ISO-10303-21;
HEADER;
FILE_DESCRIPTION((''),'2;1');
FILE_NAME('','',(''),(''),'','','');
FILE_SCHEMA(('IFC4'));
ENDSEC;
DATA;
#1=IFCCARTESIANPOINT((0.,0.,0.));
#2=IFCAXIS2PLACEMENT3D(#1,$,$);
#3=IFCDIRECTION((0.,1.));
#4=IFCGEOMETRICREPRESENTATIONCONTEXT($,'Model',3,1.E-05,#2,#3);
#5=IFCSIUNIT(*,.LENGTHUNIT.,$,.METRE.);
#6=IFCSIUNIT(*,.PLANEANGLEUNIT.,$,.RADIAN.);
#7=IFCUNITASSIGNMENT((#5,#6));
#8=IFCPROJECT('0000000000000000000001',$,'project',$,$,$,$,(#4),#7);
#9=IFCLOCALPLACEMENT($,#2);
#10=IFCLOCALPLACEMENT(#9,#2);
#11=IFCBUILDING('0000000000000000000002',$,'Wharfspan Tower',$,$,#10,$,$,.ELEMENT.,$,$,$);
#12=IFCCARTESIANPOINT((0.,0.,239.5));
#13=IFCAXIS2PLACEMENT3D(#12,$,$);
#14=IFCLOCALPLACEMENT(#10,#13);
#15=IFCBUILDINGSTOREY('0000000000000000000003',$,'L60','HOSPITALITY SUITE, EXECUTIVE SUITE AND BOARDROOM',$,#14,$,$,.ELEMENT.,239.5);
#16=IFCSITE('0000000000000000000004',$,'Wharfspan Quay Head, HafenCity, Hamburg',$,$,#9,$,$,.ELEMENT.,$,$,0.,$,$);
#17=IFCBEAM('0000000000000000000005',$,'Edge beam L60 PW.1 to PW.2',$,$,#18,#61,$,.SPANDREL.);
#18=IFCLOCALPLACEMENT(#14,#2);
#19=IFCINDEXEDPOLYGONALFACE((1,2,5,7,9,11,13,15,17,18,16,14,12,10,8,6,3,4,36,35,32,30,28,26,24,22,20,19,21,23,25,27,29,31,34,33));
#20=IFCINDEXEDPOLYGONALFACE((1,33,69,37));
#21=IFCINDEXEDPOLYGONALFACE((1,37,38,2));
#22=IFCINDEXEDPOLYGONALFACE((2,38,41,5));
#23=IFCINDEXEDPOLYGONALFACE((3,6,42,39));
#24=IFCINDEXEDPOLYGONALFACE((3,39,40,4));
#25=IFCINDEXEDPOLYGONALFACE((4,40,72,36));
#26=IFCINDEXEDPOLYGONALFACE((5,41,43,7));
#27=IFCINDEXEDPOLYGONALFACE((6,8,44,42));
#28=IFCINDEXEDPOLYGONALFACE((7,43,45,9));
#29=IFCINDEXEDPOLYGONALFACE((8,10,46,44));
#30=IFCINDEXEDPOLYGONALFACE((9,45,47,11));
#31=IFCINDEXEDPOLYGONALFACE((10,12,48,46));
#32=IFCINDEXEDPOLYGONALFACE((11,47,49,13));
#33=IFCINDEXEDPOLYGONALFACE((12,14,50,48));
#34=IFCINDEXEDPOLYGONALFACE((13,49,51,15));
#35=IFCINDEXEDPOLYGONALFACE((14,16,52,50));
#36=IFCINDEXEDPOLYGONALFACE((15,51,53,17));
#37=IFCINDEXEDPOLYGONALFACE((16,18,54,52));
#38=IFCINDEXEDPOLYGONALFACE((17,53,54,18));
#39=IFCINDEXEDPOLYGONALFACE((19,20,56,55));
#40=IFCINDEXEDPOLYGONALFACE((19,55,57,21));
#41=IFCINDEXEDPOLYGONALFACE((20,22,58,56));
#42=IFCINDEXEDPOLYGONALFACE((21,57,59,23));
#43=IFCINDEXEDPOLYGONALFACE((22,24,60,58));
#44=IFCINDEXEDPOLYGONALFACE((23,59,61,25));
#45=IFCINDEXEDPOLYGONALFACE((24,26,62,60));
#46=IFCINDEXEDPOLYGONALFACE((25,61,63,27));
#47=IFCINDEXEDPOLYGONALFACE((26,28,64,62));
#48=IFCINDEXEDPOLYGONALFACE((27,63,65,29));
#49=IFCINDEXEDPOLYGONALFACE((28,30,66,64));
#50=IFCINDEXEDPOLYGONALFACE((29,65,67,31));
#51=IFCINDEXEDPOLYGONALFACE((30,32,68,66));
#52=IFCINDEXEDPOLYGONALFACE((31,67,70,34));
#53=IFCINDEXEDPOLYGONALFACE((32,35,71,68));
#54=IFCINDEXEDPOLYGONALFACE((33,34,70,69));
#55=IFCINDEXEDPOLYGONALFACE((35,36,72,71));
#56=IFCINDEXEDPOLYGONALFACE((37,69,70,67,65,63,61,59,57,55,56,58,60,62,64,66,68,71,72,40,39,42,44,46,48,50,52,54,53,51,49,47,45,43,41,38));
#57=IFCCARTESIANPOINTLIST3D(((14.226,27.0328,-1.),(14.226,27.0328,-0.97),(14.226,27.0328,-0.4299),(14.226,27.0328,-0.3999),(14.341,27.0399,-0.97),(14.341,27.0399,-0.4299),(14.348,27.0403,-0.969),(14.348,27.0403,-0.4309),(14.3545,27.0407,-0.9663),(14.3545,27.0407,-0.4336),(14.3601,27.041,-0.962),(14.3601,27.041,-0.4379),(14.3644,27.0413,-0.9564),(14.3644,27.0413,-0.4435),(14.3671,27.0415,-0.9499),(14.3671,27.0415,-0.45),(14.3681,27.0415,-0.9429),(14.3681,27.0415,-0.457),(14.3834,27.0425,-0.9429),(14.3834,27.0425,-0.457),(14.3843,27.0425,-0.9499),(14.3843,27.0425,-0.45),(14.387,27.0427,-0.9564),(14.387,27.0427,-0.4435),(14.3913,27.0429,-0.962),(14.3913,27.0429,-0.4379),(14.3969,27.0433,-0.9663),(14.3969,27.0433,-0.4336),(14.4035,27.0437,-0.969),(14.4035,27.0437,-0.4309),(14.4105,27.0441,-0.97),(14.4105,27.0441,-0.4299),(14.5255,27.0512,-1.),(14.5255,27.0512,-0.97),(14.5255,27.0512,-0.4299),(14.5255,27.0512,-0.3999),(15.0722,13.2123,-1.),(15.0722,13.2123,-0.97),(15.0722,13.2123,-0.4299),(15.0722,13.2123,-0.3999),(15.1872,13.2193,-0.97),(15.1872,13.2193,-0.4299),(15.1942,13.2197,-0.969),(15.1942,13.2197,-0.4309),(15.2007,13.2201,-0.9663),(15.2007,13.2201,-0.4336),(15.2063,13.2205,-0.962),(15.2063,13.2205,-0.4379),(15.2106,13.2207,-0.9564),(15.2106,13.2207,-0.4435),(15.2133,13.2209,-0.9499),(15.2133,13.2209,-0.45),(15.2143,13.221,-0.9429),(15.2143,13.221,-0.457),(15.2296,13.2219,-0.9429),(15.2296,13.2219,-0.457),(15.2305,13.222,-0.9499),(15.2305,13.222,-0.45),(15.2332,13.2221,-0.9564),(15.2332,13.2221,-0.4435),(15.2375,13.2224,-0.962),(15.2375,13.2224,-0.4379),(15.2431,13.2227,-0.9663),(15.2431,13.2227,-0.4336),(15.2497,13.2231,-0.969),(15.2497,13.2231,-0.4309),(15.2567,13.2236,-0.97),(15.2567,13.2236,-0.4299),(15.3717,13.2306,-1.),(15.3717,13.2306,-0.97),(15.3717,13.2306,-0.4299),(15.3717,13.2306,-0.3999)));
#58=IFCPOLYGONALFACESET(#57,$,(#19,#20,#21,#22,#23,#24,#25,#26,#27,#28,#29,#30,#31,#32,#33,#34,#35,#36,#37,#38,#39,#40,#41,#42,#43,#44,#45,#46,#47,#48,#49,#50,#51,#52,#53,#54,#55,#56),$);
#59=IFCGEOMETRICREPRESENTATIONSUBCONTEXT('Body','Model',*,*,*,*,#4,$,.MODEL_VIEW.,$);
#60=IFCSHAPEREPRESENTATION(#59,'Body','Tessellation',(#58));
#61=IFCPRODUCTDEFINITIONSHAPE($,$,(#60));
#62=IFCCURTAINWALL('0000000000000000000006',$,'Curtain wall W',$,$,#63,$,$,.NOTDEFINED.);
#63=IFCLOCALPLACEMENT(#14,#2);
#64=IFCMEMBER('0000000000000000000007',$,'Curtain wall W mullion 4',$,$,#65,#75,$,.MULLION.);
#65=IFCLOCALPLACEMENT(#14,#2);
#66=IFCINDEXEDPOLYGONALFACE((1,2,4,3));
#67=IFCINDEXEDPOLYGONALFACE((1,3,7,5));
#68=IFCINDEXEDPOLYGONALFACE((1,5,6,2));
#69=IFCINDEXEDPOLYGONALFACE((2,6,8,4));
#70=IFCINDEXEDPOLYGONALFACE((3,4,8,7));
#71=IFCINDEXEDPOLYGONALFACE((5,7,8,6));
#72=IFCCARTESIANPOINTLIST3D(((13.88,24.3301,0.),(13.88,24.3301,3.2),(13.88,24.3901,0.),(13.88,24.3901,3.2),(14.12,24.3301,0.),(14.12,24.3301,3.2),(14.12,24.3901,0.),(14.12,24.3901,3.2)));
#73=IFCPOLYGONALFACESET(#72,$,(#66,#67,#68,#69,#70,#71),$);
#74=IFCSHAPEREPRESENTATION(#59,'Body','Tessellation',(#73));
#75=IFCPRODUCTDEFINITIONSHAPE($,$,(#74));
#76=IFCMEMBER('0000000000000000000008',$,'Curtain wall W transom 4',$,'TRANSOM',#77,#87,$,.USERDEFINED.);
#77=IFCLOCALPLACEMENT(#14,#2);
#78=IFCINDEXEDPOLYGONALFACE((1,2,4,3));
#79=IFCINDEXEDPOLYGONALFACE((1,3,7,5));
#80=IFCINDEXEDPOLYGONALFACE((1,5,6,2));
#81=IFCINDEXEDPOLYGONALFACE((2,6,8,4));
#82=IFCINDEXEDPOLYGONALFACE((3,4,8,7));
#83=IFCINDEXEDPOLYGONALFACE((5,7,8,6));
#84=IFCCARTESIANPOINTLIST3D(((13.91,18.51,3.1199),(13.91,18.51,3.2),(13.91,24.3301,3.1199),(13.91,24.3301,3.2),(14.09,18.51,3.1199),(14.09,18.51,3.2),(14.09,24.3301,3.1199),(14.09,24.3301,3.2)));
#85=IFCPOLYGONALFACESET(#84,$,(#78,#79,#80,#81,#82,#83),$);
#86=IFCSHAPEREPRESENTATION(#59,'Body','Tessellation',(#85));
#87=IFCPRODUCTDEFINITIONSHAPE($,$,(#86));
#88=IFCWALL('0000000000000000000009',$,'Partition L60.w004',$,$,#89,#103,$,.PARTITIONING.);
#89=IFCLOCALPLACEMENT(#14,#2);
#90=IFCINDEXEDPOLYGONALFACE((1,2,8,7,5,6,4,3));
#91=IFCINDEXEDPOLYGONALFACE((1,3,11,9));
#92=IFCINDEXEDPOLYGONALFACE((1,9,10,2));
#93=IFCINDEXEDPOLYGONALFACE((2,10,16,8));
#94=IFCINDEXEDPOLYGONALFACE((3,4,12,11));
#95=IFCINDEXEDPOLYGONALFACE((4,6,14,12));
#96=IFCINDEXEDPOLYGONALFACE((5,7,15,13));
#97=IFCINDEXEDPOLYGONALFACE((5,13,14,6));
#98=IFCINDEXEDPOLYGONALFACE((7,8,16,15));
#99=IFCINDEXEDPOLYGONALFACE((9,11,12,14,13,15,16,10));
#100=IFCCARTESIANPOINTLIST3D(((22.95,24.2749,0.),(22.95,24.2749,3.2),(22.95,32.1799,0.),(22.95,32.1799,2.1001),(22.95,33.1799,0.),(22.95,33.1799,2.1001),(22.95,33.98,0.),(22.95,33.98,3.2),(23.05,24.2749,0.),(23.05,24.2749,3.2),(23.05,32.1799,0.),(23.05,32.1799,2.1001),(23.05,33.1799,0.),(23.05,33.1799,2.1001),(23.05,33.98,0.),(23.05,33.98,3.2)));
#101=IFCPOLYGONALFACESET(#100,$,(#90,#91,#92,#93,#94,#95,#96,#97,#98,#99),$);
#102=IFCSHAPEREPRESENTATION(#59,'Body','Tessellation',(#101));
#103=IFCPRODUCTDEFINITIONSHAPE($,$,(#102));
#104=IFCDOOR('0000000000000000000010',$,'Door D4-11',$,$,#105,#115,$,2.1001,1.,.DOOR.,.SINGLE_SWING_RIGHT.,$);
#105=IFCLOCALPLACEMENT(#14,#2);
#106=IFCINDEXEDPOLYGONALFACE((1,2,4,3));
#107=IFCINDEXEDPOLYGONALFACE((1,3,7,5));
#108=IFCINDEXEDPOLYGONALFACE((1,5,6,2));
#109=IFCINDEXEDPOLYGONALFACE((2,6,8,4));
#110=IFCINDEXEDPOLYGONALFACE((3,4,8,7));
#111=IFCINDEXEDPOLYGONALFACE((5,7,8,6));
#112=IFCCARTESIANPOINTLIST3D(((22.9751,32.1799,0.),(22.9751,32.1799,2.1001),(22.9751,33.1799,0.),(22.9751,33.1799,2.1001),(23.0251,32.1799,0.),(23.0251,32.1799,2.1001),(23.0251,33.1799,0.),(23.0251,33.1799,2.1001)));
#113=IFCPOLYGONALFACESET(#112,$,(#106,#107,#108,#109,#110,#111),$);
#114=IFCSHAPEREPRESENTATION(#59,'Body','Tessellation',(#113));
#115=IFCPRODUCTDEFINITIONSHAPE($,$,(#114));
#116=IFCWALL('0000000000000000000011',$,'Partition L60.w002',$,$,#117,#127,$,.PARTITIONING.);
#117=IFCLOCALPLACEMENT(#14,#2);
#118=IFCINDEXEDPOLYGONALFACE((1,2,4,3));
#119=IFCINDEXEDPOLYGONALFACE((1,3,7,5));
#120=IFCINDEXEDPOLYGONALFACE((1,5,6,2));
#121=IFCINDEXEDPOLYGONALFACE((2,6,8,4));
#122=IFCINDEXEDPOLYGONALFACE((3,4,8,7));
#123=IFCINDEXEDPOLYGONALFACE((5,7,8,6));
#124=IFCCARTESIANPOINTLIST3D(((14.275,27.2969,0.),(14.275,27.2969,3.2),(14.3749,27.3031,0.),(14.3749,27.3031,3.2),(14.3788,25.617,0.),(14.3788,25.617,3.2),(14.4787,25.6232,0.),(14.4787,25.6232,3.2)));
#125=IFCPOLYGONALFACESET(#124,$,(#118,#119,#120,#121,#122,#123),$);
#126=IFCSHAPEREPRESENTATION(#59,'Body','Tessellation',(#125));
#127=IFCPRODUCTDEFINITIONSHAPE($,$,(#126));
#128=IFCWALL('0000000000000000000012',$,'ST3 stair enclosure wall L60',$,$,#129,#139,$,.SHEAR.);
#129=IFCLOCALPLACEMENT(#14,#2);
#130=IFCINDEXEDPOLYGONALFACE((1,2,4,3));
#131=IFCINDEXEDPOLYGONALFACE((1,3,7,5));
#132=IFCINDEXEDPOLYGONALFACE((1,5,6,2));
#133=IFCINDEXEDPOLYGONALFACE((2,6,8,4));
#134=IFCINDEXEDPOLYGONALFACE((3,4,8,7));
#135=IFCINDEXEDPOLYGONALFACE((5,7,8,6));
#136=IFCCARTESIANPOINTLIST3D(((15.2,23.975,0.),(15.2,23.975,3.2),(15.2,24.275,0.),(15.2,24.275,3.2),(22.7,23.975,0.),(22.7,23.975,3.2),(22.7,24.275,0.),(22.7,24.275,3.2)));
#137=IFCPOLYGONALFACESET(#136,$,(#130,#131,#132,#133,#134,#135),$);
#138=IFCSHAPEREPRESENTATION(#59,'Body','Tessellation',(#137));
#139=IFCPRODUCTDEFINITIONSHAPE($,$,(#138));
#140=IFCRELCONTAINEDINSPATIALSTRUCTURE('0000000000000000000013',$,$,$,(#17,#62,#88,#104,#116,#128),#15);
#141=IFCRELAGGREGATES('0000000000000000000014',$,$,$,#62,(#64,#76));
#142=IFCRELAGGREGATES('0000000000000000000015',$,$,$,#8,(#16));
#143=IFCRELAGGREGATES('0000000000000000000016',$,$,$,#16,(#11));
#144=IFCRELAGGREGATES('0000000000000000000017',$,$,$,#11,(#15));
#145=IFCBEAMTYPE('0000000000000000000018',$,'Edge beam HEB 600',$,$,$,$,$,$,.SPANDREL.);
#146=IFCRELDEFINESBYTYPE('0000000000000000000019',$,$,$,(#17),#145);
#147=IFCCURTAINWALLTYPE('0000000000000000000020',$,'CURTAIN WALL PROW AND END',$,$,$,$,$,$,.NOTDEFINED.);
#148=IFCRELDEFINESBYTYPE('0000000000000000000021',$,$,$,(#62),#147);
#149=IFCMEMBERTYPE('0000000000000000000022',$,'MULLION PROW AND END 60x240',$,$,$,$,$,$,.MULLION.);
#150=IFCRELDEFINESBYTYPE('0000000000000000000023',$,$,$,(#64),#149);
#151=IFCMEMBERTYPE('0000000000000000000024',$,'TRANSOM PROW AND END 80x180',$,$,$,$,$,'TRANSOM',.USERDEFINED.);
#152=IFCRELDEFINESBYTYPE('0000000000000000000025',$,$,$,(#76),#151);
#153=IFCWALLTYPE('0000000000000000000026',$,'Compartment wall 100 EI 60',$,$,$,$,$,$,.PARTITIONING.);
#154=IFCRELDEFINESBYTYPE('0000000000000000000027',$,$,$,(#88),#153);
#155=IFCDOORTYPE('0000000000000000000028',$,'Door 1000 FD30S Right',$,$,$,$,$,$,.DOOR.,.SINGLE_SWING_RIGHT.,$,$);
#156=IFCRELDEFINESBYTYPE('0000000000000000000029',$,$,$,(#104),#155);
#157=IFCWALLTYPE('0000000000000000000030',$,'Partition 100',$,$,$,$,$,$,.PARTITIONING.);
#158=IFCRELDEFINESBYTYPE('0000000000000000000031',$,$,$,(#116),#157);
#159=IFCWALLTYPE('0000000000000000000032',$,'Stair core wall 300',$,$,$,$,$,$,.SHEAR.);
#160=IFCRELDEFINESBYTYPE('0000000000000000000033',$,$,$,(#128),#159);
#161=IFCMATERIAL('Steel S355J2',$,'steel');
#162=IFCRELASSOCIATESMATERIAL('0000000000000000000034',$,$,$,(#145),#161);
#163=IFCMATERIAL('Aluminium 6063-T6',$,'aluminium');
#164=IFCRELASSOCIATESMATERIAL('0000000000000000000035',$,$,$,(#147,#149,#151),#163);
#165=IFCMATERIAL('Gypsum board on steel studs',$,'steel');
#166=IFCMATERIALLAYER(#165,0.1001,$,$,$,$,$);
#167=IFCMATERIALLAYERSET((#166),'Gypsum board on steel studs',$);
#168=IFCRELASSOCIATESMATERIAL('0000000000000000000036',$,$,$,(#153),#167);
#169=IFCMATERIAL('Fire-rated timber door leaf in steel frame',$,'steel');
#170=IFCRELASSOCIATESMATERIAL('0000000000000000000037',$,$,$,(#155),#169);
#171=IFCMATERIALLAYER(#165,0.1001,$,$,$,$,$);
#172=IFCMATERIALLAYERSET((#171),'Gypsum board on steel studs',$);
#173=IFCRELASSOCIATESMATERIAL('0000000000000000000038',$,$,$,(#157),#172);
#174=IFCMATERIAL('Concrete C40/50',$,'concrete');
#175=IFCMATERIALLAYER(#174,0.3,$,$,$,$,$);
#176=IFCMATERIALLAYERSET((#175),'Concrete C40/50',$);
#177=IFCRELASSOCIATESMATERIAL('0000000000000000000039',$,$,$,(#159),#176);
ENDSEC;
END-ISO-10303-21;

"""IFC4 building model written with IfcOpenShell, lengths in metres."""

from ifc_helpers import new_model, si_unit, direction, frame, frame_2d, origin, origin_2d, place, context, subcontext, project, spatial, rectangle, i_section, extrude, material, layer, layer_set, material_profile, profile_set, type_object, element, fill, aggregate, save


model = new_model("IFC4")

# Units and contexts
model_context = context("Model", 3, precision=1e-05, world=origin(), true_north=direction((0.0, 1.0)))
body_context = subcontext(model_context, "Body", "Model", "MODEL_VIEW")
ifc_project = project(units=[si_unit("LENGTHUNIT", "METRE"), si_unit("PLANEANGLEUNIT", "RADIAN")], contexts=[model_context])

# Site, building, storey
site_placement = place(None, origin())
site = spatial("IfcSite", under=ifc_project, at=site_placement, Name="Wharfspan Quay Head, HafenCity, Hamburg", CompositionType="ELEMENT", RefElevation=0.0)
building_placement = place(site_placement, origin())
building = spatial("IfcBuilding", under=site, at=building_placement, Name="Wharfspan Tower", CompositionType="ELEMENT")
storey_placement = place(building_placement, frame((0.0, 0.0, 239.5)))
storey = spatial("IfcBuildingStorey", under=building, at=storey_placement, Name="L60", Description="HOSPITALITY SUITE, EXECUTIVE SUITE AND BOARDROOM", CompositionType="ELEMENT", Elevation=239.5)

# Beam
ifc_material_1 = material(Name="Steel S355J2", Category="steel")
ifc_material_profile_1 = material_profile(ifc_material_1, i_section(OverallWidth=0.3, OverallDepth=0.6001, WebThickness=0.0154, FlangeThickness=0.03, FilletRadius=0.0271, at=origin_2d()))
ifc_profile_set_1 = profile_set([ifc_material_profile_1], Name="Steel S355J2")
beam_type = type_object("IfcBeamType", Name="Edge beam HEB 600", PredefinedType="SPANDREL", material=ifc_profile_set_1)
beam_placement = place(storey_placement, frame((14.3757, 27.042, -0.7), z_axis=(0.061113, -0.998131, 0.0), x_axis=(0.998131, 0.061113, 0.0)))
element("IfcBeam", 1, at=beam_placement, inside=storey, type_object=beam_type, Name="Edge beam L60 PW.1 to PW.2", PredefinedType="SPANDREL", context=body_context, shape_type="SweptSolid", body=[
    extrude(i_section(OverallWidth=0.3, OverallDepth=0.6001, WebThickness=0.0154, FlangeThickness=0.03, FilletRadius=0.0271, at=origin_2d()), origin(), (0.0, 0.0, 1.0), 13.8464),
])

# Curtain wall, members
ifc_material_2 = material(Name="Aluminium 6063-T6", Category="aluminium")
curtain_wall_type = type_object("IfcCurtainWallType", Name="CURTAIN WALL PROW AND END", PredefinedType="NOTDEFINED", material=ifc_material_2)
curtain_wall_placement = place(storey_placement, origin())
curtain_wall = element("IfcCurtainWall", 2, at=curtain_wall_placement, inside=storey, type_object=curtain_wall_type, Name="Curtain wall W", PredefinedType="NOTDEFINED")
ifc_material_profile_2 = material_profile(ifc_material_2, rectangle(XDim=0.24, YDim=0.0601, at=origin_2d()))
ifc_profile_set_2 = profile_set([ifc_material_profile_2], Name="Aluminium 6063-T6")
member_type_1 = type_object("IfcMemberType", Name="MULLION PROW AND END 60x240", PredefinedType="MULLION", material=ifc_profile_set_2)
member_1_placement = place(storey_placement, frame((14.0, 24.3601, 0.0), z_axis=(0.0, 0.0, 1.0), x_axis=(1.0, 0.0, 0.0)))
member_1 = element("IfcMember", 3, at=member_1_placement, type_object=member_type_1, Name="Curtain wall W mullion 4", PredefinedType="MULLION", context=body_context, shape_type="SweptSolid", body=[
    extrude(rectangle(XDim=0.24, YDim=0.0601, at=origin_2d()), origin(), (0.0, 0.0, 1.0), 3.2),
])
ifc_material_profile_3 = material_profile(ifc_material_2, rectangle(XDim=0.1799, YDim=0.0801, at=origin_2d()))
ifc_profile_set_3 = profile_set([ifc_material_profile_3], Name="Aluminium 6063-T6")
member_type_2 = type_object("IfcMemberType", Name="TRANSOM PROW AND END 80x180", ElementType="TRANSOM", PredefinedType="USERDEFINED", material=ifc_profile_set_3)
member_2_placement = place(storey_placement, frame((14.0, 24.3301, 3.1599), z_axis=(0.0, -1.0, 0.0), x_axis=(1.0, 0.0, 0.0)))
member_2 = element("IfcMember", 4, at=member_2_placement, type_object=member_type_2, Name="Curtain wall W transom 4", ObjectType="TRANSOM", PredefinedType="USERDEFINED", context=body_context, shape_type="SweptSolid", body=[
    extrude(rectangle(XDim=0.1799, YDim=0.0801, at=origin_2d()), origin(), (0.0, 0.0, 1.0), 5.8201),
])
aggregate(curtain_wall, [member_1, member_2])

# Wall, opening, door
ifc_material_3 = material(Name="Gypsum board on steel studs", Category="steel")
ifc_layer_1 = layer(ifc_material_3, 0.1001)
ifc_layer_set_1 = layer_set([ifc_layer_1], Name="Gypsum board on steel studs")
wall_type_1 = type_object("IfcWallType", Name="Compartment wall 100 EI 60", PredefinedType="PARTITIONING", material=ifc_layer_set_1)
wall_1_placement = place(storey_placement, frame((23.0, 24.2749, 0.0), z_axis=(0.0, 0.0, 1.0), x_axis=(0.0, 1.0, 0.0)))
wall_1 = element("IfcWall", 5, at=wall_1_placement, inside=storey, type_object=wall_type_1, Name="Partition L60.w004", PredefinedType="PARTITIONING", context=body_context, shape_type="SweptSolid", body=[
    extrude(rectangle(XDim=9.7051, YDim=0.1001, at=frame_2d((4.8525, 0.0))), origin(), (0.0, 0.0, 1.0), 3.2),
])
opening_placement = place(wall_1_placement, frame((7.905, 0.0, 0.0)))
opening = element("IfcOpeningElement", 6, at=opening_placement, cuts=wall_1, PredefinedType="OPENING", context=body_context, shape_type="SweptSolid", body=[
    extrude(rectangle(XDim=1.0, YDim=2.1001, at=frame_2d((0.5, 1.05))), frame((0.0, 0.0601, 0.0), z_axis=(0.0, -1.0, 0.0), x_axis=(1.0, 0.0, 0.0)), (0.0, 0.0, 1.0), 0.1201),
])
ifc_material_4 = material(Name="Fire-rated timber door leaf in steel frame", Category="steel")
door_type = type_object("IfcDoorType", Name="Door 1000 FD30S Right", OperationType="SINGLE_SWING_RIGHT", PredefinedType="DOOR", material=ifc_material_4)
door_placement = place(opening_placement, origin())
door = element("IfcDoor", 7, at=door_placement, inside=storey, type_object=door_type, Name="Door D4-11", OperationType="SINGLE_SWING_RIGHT", OverallHeight=2.1001, OverallWidth=1.0, PredefinedType="DOOR", context=body_context, shape_type="SweptSolid", body=[
    extrude(rectangle(XDim=1.0, YDim=2.1001, at=frame_2d((0.5, 1.05))), frame((0.0, 0.0249, 0.0), z_axis=(0.0, -1.0, 0.0), x_axis=(1.0, 0.0, 0.0)), (0.0, 0.0, 1.0), 0.05),
])
fill(opening, door)

# Walls
ifc_layer_2 = layer(ifc_material_3, 0.1001)
ifc_layer_set_2 = layer_set([ifc_layer_2], Name="Gypsum board on steel studs")
wall_type_2 = type_object("IfcWallType", Name="Partition 100", PredefinedType="PARTITIONING", material=ifc_layer_set_2)
wall_2_placement = place(storey_placement, frame((14.4287, 25.6201, 0.0), z_axis=(0.0, 0.0, 1.0), x_axis=(-0.061647, 0.998101, 0.0)))
element("IfcWall", 8, at=wall_2_placement, inside=storey, type_object=wall_type_2, Name="Partition L60.w002", PredefinedType="PARTITIONING", context=body_context, shape_type="SweptSolid", body=[
    extrude(rectangle(XDim=1.6831, YDim=0.1001, at=frame_2d((0.8416, 0.0))), origin(), (0.0, 0.0, 1.0), 3.2),
])
ifc_material_5 = material(Name="Concrete C40/50", Category="concrete")
ifc_layer_3 = layer(ifc_material_5, 0.3)
ifc_layer_set_3 = layer_set([ifc_layer_3], Name="Concrete C40/50")
wall_type_3 = type_object("IfcWallType", Name="Stair core wall 300", PredefinedType="SHEAR", material=ifc_layer_set_3)
wall_3_placement = place(storey_placement, frame((15.2, 24.125, 0.0), z_axis=(0.0, 0.0, 1.0), x_axis=(1.0, 0.0, 0.0)))
element("IfcWall", 9, at=wall_3_placement, inside=storey, type_object=wall_type_3, Name="ST3 stair enclosure wall L60", PredefinedType="SHEAR", context=body_context, shape_type="SweptSolid", body=[
    extrude(rectangle(XDim=7.5, YDim=0.3, at=frame_2d((3.75, 0.0))), origin(), (0.0, 0.0, 1.0), 3.2),
])

save(model, "model.ifc")
